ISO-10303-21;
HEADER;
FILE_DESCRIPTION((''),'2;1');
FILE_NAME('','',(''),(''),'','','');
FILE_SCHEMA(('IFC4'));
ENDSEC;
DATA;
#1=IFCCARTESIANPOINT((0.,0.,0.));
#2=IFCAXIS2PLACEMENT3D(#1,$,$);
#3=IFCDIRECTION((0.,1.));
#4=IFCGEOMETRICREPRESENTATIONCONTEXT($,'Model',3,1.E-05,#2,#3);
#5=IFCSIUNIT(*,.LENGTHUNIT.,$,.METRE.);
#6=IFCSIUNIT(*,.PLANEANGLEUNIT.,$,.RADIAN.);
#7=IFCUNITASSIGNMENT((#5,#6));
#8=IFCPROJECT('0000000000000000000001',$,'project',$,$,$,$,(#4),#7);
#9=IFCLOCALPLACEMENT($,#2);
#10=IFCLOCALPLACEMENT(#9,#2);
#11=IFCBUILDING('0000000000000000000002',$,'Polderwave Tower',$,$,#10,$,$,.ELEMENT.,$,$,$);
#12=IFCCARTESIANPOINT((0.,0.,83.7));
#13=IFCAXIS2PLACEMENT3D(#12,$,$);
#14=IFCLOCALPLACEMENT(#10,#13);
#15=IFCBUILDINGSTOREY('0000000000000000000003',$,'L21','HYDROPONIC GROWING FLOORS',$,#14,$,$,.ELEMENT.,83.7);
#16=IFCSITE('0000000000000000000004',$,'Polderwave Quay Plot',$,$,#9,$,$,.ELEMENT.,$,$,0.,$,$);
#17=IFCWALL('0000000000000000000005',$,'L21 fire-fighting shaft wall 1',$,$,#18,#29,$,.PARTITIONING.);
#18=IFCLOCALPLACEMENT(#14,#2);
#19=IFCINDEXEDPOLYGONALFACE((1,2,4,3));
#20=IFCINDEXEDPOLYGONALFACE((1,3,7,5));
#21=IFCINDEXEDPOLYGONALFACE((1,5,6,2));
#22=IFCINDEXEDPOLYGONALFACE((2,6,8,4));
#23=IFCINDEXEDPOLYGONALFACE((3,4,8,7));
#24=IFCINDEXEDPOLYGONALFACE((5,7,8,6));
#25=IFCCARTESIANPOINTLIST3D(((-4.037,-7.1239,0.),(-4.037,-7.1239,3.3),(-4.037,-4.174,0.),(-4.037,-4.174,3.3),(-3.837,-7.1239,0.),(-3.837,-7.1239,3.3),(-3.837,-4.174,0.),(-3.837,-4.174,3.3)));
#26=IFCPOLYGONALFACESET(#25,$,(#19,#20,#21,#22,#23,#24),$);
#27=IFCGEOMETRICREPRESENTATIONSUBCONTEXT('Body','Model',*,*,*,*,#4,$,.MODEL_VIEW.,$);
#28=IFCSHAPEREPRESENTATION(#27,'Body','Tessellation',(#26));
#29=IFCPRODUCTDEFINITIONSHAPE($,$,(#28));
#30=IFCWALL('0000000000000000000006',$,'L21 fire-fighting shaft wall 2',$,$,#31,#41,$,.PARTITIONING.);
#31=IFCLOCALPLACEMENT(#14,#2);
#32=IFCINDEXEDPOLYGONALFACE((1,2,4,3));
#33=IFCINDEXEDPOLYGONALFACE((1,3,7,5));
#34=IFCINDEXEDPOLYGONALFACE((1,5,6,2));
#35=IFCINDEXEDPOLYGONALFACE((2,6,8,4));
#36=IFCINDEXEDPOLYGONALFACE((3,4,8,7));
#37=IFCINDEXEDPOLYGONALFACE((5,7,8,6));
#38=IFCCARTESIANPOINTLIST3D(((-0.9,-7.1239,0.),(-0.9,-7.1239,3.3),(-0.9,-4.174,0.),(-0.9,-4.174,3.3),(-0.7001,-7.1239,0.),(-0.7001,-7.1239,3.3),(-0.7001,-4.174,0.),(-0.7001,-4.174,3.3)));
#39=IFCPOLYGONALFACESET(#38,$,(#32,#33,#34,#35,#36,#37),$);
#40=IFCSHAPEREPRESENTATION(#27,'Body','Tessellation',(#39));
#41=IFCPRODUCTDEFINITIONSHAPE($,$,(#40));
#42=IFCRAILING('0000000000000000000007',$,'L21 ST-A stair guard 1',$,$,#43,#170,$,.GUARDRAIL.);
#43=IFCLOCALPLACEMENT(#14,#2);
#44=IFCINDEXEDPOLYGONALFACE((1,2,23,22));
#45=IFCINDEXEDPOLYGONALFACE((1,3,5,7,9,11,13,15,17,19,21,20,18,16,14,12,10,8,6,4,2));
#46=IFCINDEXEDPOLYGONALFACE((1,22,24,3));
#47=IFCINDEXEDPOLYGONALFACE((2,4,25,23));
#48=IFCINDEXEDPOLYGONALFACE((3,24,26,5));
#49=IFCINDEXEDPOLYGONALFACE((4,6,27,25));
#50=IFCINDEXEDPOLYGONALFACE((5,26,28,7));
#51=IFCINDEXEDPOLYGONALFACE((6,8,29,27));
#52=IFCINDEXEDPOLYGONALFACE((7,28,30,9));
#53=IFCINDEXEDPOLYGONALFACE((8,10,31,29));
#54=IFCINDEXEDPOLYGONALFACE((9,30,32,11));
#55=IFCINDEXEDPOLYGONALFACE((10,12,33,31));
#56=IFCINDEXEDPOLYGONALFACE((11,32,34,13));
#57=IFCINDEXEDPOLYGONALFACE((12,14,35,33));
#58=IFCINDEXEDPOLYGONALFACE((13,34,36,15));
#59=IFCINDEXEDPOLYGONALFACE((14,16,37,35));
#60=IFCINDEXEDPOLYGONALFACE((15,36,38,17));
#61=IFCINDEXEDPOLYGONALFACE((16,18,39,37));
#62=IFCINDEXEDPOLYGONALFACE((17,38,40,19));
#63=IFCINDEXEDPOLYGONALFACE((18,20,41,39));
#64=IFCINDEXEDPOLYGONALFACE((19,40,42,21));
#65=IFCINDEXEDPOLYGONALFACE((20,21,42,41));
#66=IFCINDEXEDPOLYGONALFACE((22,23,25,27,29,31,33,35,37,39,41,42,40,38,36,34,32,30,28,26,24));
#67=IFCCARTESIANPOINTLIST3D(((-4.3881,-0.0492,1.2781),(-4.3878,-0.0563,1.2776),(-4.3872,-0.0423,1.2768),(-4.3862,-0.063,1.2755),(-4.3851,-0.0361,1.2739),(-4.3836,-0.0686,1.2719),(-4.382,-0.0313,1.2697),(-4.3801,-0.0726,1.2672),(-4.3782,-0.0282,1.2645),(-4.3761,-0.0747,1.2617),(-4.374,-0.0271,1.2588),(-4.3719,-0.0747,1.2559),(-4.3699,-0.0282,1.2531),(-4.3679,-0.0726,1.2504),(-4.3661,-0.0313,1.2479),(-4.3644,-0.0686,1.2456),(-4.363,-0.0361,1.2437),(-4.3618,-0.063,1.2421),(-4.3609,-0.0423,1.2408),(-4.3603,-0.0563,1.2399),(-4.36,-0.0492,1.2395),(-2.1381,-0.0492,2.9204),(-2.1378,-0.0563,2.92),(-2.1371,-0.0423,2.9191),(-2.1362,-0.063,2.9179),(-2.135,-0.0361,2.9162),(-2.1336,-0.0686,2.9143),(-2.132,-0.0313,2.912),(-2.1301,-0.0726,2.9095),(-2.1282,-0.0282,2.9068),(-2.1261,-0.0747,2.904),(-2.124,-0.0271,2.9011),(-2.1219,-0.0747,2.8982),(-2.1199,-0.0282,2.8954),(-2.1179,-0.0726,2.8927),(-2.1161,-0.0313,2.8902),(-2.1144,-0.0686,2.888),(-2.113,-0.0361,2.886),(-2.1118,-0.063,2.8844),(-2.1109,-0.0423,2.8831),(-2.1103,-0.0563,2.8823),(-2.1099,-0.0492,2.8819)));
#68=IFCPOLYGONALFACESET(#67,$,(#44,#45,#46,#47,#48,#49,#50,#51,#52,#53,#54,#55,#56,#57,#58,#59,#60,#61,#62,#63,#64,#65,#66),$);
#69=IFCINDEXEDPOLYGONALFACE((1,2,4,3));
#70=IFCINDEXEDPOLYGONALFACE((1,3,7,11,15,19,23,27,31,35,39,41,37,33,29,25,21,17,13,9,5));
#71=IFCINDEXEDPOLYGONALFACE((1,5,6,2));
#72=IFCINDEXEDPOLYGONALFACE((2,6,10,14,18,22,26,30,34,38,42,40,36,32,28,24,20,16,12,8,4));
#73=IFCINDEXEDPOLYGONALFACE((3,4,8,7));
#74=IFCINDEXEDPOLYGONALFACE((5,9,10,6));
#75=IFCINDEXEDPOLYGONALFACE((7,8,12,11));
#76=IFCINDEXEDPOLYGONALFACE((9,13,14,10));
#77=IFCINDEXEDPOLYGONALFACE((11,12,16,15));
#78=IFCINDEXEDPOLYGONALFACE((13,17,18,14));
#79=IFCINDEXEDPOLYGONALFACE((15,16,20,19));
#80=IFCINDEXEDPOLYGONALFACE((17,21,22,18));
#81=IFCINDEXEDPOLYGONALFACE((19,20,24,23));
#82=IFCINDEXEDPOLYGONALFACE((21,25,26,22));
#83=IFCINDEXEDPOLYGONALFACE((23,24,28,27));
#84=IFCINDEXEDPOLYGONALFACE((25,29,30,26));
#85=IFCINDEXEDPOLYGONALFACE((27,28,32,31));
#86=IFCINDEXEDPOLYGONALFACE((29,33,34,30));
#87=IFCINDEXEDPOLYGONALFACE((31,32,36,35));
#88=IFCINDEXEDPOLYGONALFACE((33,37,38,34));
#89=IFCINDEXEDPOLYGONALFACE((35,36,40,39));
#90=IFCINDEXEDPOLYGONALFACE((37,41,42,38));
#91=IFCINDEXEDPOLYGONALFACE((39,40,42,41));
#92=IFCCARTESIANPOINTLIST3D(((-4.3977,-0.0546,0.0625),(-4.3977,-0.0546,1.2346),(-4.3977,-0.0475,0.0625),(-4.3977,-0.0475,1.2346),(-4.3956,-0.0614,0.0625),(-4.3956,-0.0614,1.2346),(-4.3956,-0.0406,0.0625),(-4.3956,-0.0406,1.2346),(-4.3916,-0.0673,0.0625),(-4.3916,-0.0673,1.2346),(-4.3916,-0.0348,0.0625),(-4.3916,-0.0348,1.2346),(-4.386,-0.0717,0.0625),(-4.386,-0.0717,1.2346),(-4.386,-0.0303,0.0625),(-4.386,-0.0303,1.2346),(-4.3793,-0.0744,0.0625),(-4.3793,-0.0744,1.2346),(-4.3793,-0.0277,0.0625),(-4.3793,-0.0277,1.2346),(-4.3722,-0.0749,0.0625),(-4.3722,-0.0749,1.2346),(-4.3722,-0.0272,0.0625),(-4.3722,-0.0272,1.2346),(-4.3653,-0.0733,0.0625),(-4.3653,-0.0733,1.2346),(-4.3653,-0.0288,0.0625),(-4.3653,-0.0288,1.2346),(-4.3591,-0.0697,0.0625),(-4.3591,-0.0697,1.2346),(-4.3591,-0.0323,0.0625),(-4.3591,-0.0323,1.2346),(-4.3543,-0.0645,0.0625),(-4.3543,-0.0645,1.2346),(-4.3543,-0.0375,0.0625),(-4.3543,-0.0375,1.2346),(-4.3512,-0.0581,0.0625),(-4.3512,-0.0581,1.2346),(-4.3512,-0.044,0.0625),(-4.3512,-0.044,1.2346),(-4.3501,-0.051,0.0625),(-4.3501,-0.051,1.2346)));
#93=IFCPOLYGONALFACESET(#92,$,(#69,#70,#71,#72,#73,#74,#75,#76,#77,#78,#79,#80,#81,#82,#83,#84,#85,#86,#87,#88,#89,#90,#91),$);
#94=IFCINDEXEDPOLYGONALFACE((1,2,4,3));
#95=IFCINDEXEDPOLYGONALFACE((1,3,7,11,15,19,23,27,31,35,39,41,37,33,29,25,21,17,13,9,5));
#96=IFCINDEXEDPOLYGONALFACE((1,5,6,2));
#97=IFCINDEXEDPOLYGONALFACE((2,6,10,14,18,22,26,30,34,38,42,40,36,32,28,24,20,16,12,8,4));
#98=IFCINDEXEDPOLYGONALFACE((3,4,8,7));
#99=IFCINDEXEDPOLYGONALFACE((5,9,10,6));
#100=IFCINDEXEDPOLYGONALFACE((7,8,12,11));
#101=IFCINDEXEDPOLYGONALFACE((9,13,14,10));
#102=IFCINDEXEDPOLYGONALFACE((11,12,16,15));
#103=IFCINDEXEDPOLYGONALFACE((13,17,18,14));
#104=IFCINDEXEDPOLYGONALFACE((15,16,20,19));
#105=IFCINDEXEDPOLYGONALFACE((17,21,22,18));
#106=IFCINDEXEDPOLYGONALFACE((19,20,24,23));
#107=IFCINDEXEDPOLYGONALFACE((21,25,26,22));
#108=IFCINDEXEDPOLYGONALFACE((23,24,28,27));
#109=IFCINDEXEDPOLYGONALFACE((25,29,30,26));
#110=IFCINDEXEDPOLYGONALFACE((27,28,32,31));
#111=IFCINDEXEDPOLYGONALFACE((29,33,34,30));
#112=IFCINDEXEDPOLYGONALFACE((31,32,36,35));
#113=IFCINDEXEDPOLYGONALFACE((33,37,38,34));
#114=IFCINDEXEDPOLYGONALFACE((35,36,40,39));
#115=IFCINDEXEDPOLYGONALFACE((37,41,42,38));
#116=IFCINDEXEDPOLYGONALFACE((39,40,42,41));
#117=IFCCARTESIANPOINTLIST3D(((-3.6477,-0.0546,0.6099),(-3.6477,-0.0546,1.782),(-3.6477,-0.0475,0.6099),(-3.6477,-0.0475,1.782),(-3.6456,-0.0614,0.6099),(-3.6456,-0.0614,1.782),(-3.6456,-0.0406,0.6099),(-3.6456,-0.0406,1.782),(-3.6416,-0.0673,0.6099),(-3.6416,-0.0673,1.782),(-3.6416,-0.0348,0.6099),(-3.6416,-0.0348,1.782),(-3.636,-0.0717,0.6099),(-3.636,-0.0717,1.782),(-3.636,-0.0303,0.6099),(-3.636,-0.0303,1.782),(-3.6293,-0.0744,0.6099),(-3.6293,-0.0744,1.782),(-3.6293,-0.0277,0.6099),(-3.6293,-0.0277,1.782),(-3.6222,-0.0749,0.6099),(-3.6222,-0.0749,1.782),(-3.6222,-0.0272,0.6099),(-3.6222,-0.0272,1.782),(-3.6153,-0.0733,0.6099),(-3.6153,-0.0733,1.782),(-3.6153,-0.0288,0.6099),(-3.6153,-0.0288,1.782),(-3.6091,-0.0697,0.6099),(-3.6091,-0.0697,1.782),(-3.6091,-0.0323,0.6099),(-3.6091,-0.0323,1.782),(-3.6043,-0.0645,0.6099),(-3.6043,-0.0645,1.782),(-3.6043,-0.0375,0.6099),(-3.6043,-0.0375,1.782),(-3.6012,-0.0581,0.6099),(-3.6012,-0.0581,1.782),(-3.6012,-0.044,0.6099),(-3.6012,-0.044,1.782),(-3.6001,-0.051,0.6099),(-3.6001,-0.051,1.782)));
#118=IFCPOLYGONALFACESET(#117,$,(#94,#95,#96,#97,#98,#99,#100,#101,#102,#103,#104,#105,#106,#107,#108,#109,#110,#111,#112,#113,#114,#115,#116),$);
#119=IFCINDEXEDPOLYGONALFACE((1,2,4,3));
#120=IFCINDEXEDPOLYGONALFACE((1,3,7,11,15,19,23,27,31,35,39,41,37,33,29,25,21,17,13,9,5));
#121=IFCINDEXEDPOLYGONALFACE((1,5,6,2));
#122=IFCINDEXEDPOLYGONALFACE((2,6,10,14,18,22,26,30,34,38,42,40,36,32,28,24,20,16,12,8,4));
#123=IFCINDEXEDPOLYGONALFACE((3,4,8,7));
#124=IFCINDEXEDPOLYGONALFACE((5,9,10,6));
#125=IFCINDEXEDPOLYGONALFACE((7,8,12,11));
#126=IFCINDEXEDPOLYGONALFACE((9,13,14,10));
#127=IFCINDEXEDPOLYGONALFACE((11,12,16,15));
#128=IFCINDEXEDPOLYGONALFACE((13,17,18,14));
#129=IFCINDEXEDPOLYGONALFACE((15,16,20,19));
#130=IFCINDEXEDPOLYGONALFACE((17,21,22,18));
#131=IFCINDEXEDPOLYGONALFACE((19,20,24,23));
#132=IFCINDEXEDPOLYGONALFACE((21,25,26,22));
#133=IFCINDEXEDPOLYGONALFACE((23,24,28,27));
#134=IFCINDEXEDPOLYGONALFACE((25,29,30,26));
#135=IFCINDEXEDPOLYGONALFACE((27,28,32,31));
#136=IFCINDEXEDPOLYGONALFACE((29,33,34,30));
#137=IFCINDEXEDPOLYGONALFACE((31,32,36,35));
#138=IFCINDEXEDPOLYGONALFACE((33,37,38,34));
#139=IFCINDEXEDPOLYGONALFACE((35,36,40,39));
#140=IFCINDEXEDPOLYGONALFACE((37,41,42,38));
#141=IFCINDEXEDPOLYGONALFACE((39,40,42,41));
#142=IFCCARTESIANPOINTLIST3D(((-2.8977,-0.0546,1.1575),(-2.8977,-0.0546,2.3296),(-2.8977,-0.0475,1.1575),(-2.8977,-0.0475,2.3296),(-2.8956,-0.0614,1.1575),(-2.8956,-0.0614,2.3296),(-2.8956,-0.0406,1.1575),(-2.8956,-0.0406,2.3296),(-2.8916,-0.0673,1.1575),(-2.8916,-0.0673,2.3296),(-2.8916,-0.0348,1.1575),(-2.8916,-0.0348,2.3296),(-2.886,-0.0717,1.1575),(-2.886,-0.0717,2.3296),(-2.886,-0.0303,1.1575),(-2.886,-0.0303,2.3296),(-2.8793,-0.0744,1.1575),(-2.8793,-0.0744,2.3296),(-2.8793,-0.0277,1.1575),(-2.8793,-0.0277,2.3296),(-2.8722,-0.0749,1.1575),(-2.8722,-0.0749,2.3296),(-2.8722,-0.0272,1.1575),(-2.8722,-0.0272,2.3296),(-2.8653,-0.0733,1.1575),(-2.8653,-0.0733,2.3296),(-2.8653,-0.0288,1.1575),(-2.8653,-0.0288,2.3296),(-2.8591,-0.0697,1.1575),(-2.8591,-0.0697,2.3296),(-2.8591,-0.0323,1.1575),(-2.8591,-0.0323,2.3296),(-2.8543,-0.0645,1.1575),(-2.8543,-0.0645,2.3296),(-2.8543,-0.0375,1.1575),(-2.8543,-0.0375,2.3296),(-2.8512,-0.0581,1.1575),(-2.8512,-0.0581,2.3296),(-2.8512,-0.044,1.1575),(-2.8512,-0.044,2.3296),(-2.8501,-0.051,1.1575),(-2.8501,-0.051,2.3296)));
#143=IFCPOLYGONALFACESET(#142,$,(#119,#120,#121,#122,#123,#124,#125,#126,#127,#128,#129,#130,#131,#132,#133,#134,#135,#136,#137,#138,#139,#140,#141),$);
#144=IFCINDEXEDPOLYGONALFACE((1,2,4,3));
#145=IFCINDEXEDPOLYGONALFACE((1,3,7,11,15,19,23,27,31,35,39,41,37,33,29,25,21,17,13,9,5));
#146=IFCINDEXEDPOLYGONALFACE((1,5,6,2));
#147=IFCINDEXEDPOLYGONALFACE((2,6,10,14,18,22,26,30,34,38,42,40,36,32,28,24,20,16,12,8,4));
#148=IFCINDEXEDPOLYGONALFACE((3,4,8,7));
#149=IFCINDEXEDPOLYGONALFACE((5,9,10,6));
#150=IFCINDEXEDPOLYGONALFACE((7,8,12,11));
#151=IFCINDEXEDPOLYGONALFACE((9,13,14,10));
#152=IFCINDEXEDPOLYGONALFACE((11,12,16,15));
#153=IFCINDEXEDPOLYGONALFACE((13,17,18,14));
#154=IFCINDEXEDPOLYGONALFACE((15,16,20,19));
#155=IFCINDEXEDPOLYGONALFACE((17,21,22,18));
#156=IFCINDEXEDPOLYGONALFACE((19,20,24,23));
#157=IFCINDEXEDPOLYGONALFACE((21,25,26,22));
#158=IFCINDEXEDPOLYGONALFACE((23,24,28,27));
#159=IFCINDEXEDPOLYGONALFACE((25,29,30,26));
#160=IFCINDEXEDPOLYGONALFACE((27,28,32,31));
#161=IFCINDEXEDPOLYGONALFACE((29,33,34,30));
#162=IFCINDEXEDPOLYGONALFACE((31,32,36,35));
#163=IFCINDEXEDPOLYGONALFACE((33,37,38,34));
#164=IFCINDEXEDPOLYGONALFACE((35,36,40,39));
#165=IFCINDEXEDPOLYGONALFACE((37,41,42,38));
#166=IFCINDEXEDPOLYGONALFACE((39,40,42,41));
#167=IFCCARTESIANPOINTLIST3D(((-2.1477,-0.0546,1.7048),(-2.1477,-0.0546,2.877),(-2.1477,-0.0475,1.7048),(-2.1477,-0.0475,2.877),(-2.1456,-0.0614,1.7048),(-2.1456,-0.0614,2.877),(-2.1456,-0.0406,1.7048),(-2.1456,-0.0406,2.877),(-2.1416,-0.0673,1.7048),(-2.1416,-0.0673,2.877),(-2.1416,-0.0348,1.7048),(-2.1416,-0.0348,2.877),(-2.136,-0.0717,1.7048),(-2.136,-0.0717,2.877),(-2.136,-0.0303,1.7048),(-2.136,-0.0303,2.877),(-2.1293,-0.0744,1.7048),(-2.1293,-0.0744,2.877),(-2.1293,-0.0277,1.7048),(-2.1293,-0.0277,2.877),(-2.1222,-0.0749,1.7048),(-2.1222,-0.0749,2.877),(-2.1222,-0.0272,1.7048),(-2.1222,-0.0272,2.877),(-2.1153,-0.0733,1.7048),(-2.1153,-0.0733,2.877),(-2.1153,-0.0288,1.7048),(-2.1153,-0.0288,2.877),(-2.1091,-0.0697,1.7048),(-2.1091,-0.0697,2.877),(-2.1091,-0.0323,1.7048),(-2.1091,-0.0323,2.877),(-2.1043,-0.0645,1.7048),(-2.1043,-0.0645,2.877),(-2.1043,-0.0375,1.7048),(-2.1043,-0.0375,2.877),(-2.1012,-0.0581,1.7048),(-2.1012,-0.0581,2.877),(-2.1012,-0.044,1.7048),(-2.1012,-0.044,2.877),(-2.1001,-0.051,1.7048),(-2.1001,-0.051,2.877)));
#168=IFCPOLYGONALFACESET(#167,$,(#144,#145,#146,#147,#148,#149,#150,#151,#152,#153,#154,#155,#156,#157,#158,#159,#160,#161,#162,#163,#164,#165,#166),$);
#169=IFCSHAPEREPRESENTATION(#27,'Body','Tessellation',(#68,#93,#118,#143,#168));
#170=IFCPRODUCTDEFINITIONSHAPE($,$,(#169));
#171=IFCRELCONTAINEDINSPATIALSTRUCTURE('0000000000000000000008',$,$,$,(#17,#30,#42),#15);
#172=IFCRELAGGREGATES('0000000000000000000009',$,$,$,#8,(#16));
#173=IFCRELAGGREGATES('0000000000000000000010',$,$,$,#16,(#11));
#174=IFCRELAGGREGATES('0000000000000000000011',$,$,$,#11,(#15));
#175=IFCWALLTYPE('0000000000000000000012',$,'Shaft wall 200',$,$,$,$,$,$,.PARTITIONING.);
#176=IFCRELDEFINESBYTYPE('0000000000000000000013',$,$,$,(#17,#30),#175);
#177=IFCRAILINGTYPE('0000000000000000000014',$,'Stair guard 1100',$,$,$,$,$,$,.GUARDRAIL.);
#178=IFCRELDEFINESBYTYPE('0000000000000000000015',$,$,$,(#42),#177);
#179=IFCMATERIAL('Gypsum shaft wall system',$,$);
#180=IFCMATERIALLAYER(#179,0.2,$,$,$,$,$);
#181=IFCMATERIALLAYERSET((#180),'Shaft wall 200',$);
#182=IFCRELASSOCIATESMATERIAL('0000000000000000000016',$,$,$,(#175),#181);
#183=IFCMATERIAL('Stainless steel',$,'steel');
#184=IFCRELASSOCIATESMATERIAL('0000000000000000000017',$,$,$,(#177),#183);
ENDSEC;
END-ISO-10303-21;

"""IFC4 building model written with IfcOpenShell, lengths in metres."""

from ifc_helpers import new_model, si_unit, direction, frame, frame_2d, origin, origin_2d, place, context, subcontext, project, spatial, rectangle, circle, extrude, material, layer, layer_set, type_object, element, save


model = new_model("IFC4")

# Units and contexts
model_context = context("Model", 3, precision=1e-05, world=origin(), true_north=direction((0.0, 1.0)))
body_context = subcontext(model_context, "Body", "Model", "MODEL_VIEW")
ifc_project = project(units=[si_unit("LENGTHUNIT", "METRE"), si_unit("PLANEANGLEUNIT", "RADIAN")], contexts=[model_context])

# Site, building, storey
site_placement = place(None, origin())
site = spatial("IfcSite", under=ifc_project, at=site_placement, Name="Polderwave Quay Plot", CompositionType="ELEMENT", RefElevation=0.0)
building_placement = place(site_placement, origin())
building = spatial("IfcBuilding", under=site, at=building_placement, Name="Polderwave Tower", CompositionType="ELEMENT")
storey_placement = place(building_placement, frame((0.0, 0.0, 83.7)))
storey = spatial("IfcBuildingStorey", under=building, at=storey_placement, Name="L21", Description="HYDROPONIC GROWING FLOORS", CompositionType="ELEMENT", Elevation=83.7)

# Walls
ifc_material_1 = material(Name="Gypsum shaft wall system")
ifc_layer_1 = layer(ifc_material_1, 0.2)
ifc_layer_set_1 = layer_set([ifc_layer_1], Name="Shaft wall 200")
wall_type_1 = type_object("IfcWallType", Name="Shaft wall 200", PredefinedType="PARTITIONING", material=ifc_layer_set_1)
for number, where, z_axis, x_axis, name in (
    (1, (-3.937, -7.124, 0.0), (0.0, 0.0, 1.0), (0.0, 1.0, 0.0), "L21 fire-fighting shaft wall 1"),
    (2, (-0.8, -7.124, 0.0), (0.0, 0.0, 1.0), (0.0, 1.0, 0.0), "L21 fire-fighting shaft wall 2"),
):
    element("IfcWall", number, at=place(storey_placement, frame(where, z_axis=z_axis, x_axis=x_axis)), inside=storey, type_object=wall_type_1, Name=name, PredefinedType="PARTITIONING", context=body_context, shape_type="SweptSolid", body=[
        extrude(rectangle(XDim=2.95, YDim=0.2, at=frame_2d((1.4751, 0.0))), origin(), (0.0, 0.0, 1.0), 3.3),
    ])

# Railing
ifc_material_2 = material(Name="Stainless steel", Category="steel")
railing_type = type_object("IfcRailingType", Name="Stair guard 1100", PredefinedType="GUARDRAIL", material=ifc_material_2)
railing_1_placement = place(storey_placement, frame((-4.374, -0.051, 0.0625)))
element("IfcRailing", 3, at=railing_1_placement, inside=storey, type_object=railing_type, Name="L21 ST-A stair guard 1", PredefinedType="GUARDRAIL", context=body_context, shape_type="SweptSolid", body=[
    extrude(circle(Radius=0.0239, at=origin_2d()), frame((0.0, 0.0, 1.1963), z_axis=(0.807715, 0.0, 0.589573), x_axis=(0.0, 1.0, 0.0)), (0.0, 0.0, 1.0), 2.7856),
    extrude(circle(Radius=0.0239, at=origin_2d()), origin(), (0.0, 0.0, 1.0), 1.1721),
    extrude(circle(Radius=0.0239, at=origin_2d()), frame((0.75, 0.0, 0.5474)), (0.0, 0.0, 1.0), 1.1721),
    extrude(circle(Radius=0.0239, at=origin_2d()), frame((1.5, 0.0, 1.095)), (0.0, 0.0, 1.0), 1.1721),
    extrude(circle(Radius=0.0239, at=origin_2d()), frame((2.25, 0.0, 1.6423)), (0.0, 0.0, 1.0), 1.1721),
])

save(model, "model.ifc")
